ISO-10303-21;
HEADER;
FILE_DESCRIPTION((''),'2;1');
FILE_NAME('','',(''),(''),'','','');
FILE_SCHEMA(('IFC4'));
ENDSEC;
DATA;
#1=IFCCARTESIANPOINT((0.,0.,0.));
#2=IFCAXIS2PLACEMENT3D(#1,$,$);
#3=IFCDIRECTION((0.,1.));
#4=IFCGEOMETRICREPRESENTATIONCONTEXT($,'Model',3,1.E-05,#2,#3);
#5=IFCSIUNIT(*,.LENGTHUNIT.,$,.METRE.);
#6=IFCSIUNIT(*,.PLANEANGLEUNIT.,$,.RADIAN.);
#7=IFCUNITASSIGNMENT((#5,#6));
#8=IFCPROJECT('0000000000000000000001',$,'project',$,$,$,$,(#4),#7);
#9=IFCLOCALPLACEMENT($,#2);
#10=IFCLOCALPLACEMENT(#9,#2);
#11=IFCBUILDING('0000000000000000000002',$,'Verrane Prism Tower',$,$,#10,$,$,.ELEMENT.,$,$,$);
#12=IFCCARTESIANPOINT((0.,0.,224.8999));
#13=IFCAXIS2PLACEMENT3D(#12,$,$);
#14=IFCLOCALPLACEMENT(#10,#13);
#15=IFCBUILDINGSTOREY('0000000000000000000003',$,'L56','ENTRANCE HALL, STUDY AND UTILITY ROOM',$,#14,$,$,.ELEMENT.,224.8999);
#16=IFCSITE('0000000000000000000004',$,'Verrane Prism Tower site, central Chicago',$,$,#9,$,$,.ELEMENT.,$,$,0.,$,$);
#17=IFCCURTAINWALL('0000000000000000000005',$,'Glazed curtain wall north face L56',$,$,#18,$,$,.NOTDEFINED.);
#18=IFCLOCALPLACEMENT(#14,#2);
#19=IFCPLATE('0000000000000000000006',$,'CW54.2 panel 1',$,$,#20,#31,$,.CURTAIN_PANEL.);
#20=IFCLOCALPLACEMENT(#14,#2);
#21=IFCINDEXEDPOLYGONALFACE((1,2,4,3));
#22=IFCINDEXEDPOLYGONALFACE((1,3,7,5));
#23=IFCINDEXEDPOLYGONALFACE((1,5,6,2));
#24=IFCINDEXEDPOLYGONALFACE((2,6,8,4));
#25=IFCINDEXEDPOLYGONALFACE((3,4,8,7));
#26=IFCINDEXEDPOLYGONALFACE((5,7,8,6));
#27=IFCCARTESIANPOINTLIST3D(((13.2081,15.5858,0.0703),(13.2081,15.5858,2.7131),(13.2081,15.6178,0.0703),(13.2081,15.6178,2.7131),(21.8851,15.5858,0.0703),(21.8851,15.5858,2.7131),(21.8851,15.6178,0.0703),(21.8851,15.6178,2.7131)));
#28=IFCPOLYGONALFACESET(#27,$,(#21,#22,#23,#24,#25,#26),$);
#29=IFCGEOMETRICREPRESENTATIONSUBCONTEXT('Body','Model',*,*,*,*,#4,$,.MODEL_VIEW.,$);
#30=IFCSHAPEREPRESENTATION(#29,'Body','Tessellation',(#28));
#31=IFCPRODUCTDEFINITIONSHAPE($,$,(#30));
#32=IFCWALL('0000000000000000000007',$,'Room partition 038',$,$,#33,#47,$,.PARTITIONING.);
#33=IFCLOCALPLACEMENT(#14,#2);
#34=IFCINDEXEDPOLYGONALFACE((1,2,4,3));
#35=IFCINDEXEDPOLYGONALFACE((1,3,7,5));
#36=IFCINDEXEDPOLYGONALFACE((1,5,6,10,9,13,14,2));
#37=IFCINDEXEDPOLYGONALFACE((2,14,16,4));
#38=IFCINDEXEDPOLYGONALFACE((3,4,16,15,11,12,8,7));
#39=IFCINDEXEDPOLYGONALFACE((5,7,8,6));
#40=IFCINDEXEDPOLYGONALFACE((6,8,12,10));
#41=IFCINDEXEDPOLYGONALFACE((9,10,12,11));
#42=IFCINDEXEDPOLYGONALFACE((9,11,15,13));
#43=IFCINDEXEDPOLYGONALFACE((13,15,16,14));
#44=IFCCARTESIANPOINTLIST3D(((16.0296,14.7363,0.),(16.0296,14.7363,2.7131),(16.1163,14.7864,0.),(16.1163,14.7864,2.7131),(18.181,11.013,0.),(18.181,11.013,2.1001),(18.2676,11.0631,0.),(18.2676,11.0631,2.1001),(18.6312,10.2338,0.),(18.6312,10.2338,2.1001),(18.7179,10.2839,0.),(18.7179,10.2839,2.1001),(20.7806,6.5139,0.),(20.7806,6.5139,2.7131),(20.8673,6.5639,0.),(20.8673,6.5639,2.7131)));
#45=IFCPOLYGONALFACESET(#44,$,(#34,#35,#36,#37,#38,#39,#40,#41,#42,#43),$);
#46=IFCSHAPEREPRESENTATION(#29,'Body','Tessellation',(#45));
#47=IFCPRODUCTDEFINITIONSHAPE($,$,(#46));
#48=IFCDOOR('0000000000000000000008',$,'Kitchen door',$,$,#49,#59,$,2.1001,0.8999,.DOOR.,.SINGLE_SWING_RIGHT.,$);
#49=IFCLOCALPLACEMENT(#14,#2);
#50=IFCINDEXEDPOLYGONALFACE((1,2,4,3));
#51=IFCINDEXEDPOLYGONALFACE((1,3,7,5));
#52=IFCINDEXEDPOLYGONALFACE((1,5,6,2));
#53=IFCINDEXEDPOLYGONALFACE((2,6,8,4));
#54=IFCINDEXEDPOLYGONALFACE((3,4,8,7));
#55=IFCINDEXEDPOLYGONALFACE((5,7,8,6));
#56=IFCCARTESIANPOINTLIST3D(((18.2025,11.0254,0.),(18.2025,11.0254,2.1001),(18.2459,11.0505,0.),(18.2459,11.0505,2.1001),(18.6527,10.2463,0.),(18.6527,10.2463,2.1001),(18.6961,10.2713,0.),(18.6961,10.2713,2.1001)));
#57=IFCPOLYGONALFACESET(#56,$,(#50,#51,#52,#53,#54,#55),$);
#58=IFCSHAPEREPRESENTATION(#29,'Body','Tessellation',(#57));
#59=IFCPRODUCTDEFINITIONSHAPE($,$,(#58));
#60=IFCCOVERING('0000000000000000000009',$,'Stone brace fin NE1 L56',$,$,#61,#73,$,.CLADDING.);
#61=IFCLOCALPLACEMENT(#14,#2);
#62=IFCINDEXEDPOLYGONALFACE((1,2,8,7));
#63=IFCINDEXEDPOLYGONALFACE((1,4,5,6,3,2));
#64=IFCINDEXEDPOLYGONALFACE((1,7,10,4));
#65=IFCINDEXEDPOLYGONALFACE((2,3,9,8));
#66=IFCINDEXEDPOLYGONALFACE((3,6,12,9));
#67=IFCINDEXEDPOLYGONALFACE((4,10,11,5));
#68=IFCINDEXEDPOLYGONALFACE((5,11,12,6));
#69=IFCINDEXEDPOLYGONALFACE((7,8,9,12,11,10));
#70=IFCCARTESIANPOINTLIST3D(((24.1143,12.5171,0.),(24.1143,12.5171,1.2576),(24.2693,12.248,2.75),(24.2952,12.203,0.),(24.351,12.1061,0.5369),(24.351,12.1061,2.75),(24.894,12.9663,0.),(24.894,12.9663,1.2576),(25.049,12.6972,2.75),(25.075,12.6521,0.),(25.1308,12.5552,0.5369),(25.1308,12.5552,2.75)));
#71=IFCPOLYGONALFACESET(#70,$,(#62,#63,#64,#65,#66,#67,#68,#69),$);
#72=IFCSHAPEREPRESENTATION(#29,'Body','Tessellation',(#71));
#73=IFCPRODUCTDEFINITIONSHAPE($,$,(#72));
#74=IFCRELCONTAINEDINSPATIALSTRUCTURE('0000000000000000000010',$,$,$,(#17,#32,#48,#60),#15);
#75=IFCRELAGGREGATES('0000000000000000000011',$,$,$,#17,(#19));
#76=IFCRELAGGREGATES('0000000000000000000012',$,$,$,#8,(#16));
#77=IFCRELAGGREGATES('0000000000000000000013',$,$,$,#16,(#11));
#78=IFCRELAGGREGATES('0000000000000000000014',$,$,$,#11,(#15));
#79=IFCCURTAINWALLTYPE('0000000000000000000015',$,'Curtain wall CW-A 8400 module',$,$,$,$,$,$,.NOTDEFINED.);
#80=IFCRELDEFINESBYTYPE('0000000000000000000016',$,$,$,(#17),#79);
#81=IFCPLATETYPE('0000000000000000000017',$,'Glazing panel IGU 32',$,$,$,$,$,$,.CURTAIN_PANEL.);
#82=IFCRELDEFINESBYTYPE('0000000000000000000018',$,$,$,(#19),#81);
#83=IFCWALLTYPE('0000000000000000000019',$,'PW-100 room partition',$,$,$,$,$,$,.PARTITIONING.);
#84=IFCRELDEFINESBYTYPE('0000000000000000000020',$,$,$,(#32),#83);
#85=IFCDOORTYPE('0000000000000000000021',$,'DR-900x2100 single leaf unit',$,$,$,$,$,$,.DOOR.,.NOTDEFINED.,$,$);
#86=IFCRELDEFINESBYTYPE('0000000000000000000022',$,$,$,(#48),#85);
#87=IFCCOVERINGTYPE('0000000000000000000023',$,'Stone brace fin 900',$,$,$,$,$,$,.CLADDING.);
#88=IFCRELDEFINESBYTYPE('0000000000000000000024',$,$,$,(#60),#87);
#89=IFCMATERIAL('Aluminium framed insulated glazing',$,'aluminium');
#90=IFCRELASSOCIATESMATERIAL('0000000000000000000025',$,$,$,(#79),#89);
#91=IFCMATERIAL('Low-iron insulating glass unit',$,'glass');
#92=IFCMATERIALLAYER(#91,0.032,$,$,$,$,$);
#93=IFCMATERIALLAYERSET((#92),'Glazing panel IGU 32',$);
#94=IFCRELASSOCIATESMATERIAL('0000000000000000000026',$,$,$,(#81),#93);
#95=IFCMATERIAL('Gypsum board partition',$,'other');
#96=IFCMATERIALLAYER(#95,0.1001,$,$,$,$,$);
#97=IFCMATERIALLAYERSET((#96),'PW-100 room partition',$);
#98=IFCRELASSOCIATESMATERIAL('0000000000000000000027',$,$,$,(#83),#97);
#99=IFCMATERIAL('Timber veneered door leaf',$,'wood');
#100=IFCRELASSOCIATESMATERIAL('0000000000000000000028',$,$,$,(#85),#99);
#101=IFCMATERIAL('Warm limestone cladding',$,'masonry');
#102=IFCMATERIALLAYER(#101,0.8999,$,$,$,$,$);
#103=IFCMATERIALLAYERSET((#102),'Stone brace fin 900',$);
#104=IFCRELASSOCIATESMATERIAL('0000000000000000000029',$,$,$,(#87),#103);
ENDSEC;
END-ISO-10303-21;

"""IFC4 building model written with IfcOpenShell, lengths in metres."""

from ifc_helpers import new_model, si_unit, direction, frame, frame_2d, origin, origin_2d, place, context, subcontext, project, spatial, polyline, rectangle, outline, extrude, material, layer, layer_set, type_object, element, fill, aggregate, save


model = new_model("IFC4")

# Units and contexts
model_context = context("Model", 3, precision=1e-05, world=origin(), true_north=direction((0.0, 1.0)))
body_context = subcontext(model_context, "Body", "Model", "MODEL_VIEW")
ifc_project = project(units=[si_unit("LENGTHUNIT", "METRE"), si_unit("PLANEANGLEUNIT", "RADIAN")], contexts=[model_context])

# Site, building, storey
site_placement = place(None, origin())
site = spatial("IfcSite", under=ifc_project, at=site_placement, Name="Verrane Prism Tower site, central Chicago", CompositionType="ELEMENT", RefElevation=0.0)
building_placement = place(site_placement, origin())
building = spatial("IfcBuilding", under=site, at=building_placement, Name="Verrane Prism Tower", CompositionType="ELEMENT")
storey_placement = place(building_placement, frame((0.0, 0.0, 224.8999)))
storey = spatial("IfcBuildingStorey", under=building, at=storey_placement, Name="L56", Description="ENTRANCE HALL, STUDY AND UTILITY ROOM", CompositionType="ELEMENT", Elevation=224.8999)

# Curtain wall
ifc_material_1 = material(Name="Aluminium framed insulated glazing", Category="aluminium")
curtain_wall_type_1 = type_object("IfcCurtainWallType", Name="Curtain wall CW-A 8400 module", PredefinedType="NOTDEFINED", material=ifc_material_1)
curtain_wall_1_placement = place(storey_placement, origin())
curtain_wall_1 = element("IfcCurtainWall", 1, at=curtain_wall_1_placement, inside=storey, type_object=curtain_wall_type_1, Name="Glazed curtain wall north face L56", PredefinedType="NOTDEFINED")

# Plate
ifc_material_2 = material(Name="Low-iron insulating glass unit", Category="glass")
ifc_layer_1 = layer(ifc_material_2, 0.032)
ifc_layer_set_1 = layer_set([ifc_layer_1], Name="Glazing panel IGU 32")
plate_type_1 = type_object("IfcPlateType", Name="Glazing panel IGU 32", PredefinedType="CURTAIN_PANEL", material=ifc_layer_set_1)
plate_1_placement = place(storey_placement, frame((17.5466, 15.6018, 0.0703), z_axis=(0.0, 0.0, 1.0), x_axis=(-1.0, 0.0, 0.0)))
plate_1 = element("IfcPlate", 2, at=plate_1_placement, type_object=plate_type_1, Name="CW54.2 panel 1", PredefinedType="CURTAIN_PANEL", context=body_context, shape_type="SweptSolid", body=[
    extrude(rectangle(XDim=8.677, YDim=0.032, at=origin_2d()), origin(), (0.0, 0.0, 1.0), 2.6428),
])
aggregate(curtain_wall_1, [plate_1])

# Wall, opening, door
ifc_material_3 = material(Name="Gypsum board partition", Category="other")
ifc_layer_2 = layer(ifc_material_3, 0.1001)
ifc_layer_set_2 = layer_set([ifc_layer_2], Name="PW-100 room partition")
wall_type = type_object("IfcWallType", Name="PW-100 room partition", PredefinedType="PARTITIONING", material=ifc_layer_set_2)
wall_placement = place(storey_placement, frame((16.073, 14.7612, 0.0), z_axis=(0.0, 0.0, 1.0), x_axis=(0.500297, -0.865854, 0.0)))
wall = element("IfcWall", 3, at=wall_placement, inside=storey, type_object=wall_type, Name="Room partition 038", PredefinedType="PARTITIONING", context=body_context, shape_type="SweptSolid", body=[
    extrude(rectangle(XDim=9.4963, YDim=0.1001, at=frame_2d((4.748, 0.0))), origin(), (0.0, 0.0, 1.0), 2.7131),
])
opening_placement = place(wall_placement, frame((4.3, 0.0, 0.0)))
opening = element("IfcOpeningElement", 4, at=opening_placement, cuts=wall, PredefinedType="OPENING", context=body_context, shape_type="SweptSolid", body=[
    extrude(rectangle(XDim=0.8999, YDim=2.1001, at=frame_2d((0.45, 1.05))), frame((0.0, 0.0601, 0.0), z_axis=(0.0, -1.0, 0.0), x_axis=(1.0, 0.0, 0.0)), (0.0, 0.0, 1.0), 0.1201),
])
ifc_material_4 = material(Name="Timber veneered door leaf", Category="wood")
door_type = type_object("IfcDoorType", Name="DR-900x2100 single leaf unit", OperationType="NOTDEFINED", PredefinedType="DOOR", material=ifc_material_4)
door_placement = place(opening_placement, origin())
door = element("IfcDoor", 5, at=door_placement, inside=storey, type_object=door_type, Name="Kitchen door", OperationType="SINGLE_SWING_RIGHT", OverallHeight=2.1001, OverallWidth=0.8999, PredefinedType="DOOR", context=body_context, shape_type="SweptSolid", body=[
    extrude(rectangle(XDim=0.8999, YDim=2.1001, at=frame_2d((0.45, 1.05))), frame((0.0, 0.0249, 0.0), z_axis=(0.0, -1.0, 0.0), x_axis=(1.0, 0.0, 0.0)), (0.0, 0.0, 1.0), 0.05),
])
fill(opening, door)

# Covering
ifc_material_5 = material(Name="Warm limestone cladding", Category="masonry")
ifc_layer_3 = layer(ifc_material_5, 0.8999)
ifc_layer_set_3 = layer_set([ifc_layer_3], Name="Stone brace fin 900")
covering_type = type_object("IfcCoveringType", Name="Stone brace fin 900", PredefinedType="CLADDING", material=ifc_layer_set_3)
covering_placement = place(storey_placement, frame((24.5042, 12.7417, 0.0), z_axis=(0.0, 0.0, 1.0), x_axis=(0.499128, -0.866528, 0.0)))
element("IfcCovering", 6, at=covering_placement, inside=storey, type_object=covering_type, Name="Stone brace fin NE1 L56", PredefinedType="CLADDING", context=body_context, shape_type="SweptSolid", body=[
    extrude(outline(polyline([(0.4744, 2.75), (0.3105, 2.75), (0.0, 1.2576), (0.0, 0.0), (0.3625, 0.0), (0.4744, 0.5369), (0.4744, 2.75)])), frame((0.0, 0.45, 0.0), z_axis=(0.0, -1.0, 0.0), x_axis=(1.0, 0.0, 0.0)), (0.0, 0.0, 1.0), 0.8999),
])

save(model, "model.ifc")
